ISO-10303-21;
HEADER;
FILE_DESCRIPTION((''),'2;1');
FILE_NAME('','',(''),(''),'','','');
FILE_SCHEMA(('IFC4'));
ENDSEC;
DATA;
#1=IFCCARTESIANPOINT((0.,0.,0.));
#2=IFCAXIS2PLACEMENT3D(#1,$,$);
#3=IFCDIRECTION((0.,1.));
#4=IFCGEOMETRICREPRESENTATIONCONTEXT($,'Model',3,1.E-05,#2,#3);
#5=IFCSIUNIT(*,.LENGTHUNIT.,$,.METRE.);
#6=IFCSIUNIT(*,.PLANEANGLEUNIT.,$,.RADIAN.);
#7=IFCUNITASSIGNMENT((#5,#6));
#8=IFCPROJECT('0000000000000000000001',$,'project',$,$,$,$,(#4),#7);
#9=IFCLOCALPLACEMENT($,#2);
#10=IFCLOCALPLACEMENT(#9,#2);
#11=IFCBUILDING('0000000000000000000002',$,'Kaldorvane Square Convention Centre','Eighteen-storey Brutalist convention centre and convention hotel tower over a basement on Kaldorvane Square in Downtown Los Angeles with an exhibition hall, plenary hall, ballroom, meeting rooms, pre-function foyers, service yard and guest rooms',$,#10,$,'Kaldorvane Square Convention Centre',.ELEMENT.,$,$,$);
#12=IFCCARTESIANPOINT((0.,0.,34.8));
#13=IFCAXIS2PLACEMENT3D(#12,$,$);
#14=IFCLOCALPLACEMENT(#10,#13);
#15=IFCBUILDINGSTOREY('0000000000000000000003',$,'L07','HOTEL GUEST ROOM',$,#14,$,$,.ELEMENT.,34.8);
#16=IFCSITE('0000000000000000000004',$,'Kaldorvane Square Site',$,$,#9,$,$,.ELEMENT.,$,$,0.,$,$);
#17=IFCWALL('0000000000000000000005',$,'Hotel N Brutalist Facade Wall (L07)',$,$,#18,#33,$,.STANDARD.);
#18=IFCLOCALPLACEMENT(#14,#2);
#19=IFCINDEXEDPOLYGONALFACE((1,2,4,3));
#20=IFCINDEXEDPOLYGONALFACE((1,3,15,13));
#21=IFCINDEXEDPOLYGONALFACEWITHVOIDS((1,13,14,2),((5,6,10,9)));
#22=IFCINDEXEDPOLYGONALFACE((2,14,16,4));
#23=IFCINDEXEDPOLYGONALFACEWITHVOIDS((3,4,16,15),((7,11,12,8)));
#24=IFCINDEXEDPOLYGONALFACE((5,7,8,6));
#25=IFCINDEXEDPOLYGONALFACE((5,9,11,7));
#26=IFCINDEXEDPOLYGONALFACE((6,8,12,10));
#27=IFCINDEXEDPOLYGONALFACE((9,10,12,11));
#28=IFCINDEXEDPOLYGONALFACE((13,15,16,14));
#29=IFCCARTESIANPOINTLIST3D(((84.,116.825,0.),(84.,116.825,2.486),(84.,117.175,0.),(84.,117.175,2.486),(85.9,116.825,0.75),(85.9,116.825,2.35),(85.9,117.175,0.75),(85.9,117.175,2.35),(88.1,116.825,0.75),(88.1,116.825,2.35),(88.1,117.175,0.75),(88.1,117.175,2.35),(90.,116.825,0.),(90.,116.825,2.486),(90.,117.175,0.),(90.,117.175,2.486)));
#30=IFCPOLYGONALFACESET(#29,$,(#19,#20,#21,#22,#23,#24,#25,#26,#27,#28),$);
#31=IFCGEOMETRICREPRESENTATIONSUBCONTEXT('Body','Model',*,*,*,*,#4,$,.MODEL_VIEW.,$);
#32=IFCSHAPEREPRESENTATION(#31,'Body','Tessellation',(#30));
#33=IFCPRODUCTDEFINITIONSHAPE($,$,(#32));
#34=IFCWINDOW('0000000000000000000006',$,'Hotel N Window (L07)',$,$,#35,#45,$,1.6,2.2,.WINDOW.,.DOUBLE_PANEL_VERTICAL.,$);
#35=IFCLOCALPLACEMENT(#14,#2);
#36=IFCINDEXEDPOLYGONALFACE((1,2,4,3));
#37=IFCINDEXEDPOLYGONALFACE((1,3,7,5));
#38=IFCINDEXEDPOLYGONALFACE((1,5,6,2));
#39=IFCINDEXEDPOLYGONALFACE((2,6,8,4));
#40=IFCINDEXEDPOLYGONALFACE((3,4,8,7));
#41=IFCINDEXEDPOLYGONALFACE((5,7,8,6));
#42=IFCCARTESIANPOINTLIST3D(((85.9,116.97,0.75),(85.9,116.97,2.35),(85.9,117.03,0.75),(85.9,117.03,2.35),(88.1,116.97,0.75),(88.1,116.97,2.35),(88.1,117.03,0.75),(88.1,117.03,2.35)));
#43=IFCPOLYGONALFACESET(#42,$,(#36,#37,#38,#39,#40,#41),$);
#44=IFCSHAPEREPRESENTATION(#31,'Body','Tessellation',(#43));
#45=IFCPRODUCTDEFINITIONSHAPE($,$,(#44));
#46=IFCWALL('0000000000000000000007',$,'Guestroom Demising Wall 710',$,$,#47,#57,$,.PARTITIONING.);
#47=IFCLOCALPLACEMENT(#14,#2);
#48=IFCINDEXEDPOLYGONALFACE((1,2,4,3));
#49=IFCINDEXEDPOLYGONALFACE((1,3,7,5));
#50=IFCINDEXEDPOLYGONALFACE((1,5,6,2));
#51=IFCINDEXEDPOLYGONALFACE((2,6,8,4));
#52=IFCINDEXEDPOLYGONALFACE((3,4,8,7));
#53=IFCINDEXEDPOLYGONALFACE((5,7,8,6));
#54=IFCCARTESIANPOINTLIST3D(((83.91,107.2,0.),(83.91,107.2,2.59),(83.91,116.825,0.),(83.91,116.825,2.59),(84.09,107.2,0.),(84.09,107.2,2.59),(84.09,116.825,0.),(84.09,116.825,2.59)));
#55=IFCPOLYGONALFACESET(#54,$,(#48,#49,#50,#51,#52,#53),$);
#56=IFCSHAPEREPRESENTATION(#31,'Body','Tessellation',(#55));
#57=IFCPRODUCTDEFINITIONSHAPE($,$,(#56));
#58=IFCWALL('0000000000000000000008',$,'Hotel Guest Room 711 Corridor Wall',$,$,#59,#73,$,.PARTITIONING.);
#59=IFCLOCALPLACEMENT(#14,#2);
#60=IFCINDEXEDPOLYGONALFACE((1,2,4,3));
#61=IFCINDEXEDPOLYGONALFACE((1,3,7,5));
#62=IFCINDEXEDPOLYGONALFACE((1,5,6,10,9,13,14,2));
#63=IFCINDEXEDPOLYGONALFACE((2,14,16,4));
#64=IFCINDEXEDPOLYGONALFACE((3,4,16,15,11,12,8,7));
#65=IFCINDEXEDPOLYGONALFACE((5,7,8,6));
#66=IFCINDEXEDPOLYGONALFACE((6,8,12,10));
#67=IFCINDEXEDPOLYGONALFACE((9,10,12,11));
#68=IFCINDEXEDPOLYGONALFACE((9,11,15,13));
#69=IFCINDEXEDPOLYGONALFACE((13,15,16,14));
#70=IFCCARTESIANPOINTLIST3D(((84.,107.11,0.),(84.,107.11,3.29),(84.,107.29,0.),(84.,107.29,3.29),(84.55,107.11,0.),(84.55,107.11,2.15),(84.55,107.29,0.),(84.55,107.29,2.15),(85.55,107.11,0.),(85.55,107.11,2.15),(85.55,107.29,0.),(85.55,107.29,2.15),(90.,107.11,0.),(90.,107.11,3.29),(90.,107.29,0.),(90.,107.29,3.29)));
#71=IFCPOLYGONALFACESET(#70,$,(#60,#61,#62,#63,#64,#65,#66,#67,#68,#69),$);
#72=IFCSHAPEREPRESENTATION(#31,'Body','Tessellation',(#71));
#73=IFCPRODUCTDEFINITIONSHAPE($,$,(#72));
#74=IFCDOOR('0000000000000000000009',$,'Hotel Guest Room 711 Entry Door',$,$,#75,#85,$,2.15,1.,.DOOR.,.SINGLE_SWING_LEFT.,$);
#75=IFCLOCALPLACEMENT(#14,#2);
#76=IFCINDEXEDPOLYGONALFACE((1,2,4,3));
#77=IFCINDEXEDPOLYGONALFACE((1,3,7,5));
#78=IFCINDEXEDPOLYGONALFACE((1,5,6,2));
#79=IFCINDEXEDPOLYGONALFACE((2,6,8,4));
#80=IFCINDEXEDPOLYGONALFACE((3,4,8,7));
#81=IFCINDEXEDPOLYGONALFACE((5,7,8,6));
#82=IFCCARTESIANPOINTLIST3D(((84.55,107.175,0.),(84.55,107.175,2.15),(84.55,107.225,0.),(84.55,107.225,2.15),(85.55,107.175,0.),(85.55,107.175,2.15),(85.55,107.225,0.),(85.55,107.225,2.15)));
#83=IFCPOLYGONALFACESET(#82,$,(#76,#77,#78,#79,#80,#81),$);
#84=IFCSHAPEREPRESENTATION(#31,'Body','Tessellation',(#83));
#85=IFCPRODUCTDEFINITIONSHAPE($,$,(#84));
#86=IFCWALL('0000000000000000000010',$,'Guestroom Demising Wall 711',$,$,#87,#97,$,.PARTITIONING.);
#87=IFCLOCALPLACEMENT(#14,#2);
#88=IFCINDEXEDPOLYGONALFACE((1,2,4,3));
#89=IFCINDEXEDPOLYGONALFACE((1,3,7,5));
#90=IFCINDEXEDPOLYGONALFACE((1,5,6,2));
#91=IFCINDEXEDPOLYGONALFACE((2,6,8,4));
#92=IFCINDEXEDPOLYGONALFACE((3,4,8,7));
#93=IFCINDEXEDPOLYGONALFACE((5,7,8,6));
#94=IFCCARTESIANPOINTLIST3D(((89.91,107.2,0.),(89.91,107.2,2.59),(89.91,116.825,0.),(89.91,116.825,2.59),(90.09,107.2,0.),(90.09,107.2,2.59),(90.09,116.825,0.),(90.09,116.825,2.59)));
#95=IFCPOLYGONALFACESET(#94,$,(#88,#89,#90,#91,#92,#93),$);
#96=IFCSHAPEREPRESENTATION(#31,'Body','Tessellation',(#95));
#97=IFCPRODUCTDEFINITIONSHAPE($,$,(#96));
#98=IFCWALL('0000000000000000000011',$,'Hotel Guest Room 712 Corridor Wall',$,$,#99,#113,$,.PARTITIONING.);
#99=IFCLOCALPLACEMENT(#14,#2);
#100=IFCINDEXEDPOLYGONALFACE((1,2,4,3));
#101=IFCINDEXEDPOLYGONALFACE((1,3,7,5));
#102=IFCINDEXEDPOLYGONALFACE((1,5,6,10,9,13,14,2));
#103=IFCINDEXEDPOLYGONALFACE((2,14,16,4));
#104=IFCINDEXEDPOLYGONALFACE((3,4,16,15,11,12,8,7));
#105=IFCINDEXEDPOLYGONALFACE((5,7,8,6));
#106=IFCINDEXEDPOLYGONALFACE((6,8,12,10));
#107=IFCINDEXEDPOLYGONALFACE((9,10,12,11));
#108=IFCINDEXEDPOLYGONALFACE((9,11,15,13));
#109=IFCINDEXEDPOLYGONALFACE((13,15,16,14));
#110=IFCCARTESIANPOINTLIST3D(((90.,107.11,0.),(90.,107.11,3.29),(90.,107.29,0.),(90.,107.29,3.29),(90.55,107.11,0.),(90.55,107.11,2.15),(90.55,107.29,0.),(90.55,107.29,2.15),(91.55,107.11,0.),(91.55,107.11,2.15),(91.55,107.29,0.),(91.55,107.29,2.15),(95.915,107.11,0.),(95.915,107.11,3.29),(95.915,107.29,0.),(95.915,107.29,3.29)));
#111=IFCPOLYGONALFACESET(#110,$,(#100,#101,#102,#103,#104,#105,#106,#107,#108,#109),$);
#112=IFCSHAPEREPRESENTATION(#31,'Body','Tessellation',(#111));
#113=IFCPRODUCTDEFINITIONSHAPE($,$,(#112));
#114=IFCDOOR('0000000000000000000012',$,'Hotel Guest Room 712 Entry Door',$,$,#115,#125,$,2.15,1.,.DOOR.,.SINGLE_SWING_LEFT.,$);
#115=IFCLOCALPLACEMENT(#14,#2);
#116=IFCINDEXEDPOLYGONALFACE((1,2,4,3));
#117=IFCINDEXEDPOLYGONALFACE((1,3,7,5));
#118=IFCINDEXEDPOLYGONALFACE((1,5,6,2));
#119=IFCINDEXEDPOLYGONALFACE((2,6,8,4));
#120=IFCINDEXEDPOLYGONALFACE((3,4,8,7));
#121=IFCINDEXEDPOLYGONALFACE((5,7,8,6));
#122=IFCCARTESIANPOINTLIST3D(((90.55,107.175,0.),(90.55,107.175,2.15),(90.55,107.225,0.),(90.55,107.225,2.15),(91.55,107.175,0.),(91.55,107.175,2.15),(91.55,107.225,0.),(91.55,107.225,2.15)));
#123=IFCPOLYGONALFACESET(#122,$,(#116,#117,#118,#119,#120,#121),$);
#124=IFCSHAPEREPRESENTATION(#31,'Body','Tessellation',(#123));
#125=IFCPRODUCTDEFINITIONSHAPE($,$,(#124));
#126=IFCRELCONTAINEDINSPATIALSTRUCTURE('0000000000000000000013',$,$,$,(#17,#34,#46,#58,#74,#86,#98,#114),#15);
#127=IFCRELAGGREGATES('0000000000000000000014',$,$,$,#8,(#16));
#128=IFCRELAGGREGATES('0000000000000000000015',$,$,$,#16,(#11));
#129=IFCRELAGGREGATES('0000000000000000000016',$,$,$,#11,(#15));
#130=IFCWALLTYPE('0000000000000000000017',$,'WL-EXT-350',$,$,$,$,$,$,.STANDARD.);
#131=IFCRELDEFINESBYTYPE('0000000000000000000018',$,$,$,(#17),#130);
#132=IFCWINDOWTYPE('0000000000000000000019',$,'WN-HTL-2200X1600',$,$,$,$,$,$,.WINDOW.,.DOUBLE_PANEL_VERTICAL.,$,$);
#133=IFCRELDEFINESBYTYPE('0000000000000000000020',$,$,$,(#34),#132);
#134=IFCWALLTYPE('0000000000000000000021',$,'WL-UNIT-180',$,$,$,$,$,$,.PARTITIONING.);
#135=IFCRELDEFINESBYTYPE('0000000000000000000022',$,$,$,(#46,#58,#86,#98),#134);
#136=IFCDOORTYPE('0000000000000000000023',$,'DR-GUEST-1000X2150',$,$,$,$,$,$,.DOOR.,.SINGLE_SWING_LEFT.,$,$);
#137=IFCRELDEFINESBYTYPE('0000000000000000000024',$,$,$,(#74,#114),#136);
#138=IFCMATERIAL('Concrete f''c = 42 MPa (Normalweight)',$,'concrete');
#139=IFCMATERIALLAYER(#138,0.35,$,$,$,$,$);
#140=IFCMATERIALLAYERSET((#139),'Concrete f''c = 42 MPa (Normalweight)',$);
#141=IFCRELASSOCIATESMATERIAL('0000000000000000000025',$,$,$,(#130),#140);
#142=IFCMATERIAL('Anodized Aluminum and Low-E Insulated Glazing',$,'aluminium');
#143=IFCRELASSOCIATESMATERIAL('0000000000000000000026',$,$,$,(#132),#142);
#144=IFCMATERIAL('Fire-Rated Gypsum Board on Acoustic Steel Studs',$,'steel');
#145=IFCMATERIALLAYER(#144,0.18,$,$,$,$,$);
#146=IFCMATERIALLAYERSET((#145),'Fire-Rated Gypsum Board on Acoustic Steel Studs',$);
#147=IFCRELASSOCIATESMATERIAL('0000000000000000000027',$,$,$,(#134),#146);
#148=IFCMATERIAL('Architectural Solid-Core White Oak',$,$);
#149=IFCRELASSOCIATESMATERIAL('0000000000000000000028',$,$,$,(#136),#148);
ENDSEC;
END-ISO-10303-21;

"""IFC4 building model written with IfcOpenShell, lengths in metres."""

from ifc_helpers import new_model, si_unit, direction, frame, frame_2d, origin, place, context, subcontext, project, spatial, rectangle, extrude, material, layer, layer_set, type_object, element, fill, save


model = new_model("IFC4")

# Units and contexts
model_context = context("Model", 3, precision=1e-05, world=origin(), true_north=direction((0.0, 1.0)))
body_context = subcontext(model_context, "Body", "Model", "MODEL_VIEW")
ifc_project = project(units=[si_unit("LENGTHUNIT", "METRE"), si_unit("PLANEANGLEUNIT", "RADIAN")], contexts=[model_context])

# Site, building, storey
site_placement = place(None, origin())
site = spatial("IfcSite", under=ifc_project, at=site_placement, Name="Kaldorvane Square Site", CompositionType="ELEMENT", RefElevation=0.0)
building_placement = place(site_placement, origin())
building = spatial("IfcBuilding", under=site, at=building_placement, Name="Kaldorvane Square Convention Centre", Description="Eighteen-storey Brutalist convention centre and convention hotel tower over a basement on Kaldorvane Square in Downtown Los Angeles with an exhibition hall, plenary hall, ballroom, meeting rooms, pre-function foyers, service yard and guest rooms", LongName="Kaldorvane Square Convention Centre", CompositionType="ELEMENT")
storey_placement = place(building_placement, frame((0.0, 0.0, 34.8)))
storey = spatial("IfcBuildingStorey", under=building, at=storey_placement, Name="L07", Description="HOTEL GUEST ROOM", CompositionType="ELEMENT", Elevation=34.8)

# Shared definitions
ifc_material_1 = material(Name="Concrete f'c = 42 MPa (Normalweight)", Category="concrete")

# Shared definitions
ifc_material_2 = material(Name="Fire-Rated Gypsum Board on Acoustic Steel Studs", Category="steel")
ifc_material_3 = material(Name="Architectural Solid-Core White Oak")

# Wall, opening, window
ifc_layer_1 = layer(ifc_material_1, 0.35)
ifc_layer_set_1 = layer_set([ifc_layer_1], Name="Concrete f'c = 42 MPa (Normalweight)")
wall_type_1 = type_object("IfcWallType", Name="WL-EXT-350", PredefinedType="STANDARD", material=ifc_layer_set_1)
ifc_material_4 = material(Name="Anodized Aluminum and Low-E Insulated Glazing", Category="aluminium")
window_type = type_object("IfcWindowType", Name="WN-HTL-2200X1600", PartitioningType="DOUBLE_PANEL_VERTICAL", PredefinedType="WINDOW", material=ifc_material_4)
wall_1_placement = place(storey_placement, frame((90.0, 117.0, 0.0), z_axis=(0.0, 0.0, 1.0), x_axis=(-1.0, 0.0, 0.0)))
wall_1 = element("IfcWall", 1, at=wall_1_placement, inside=storey, type_object=wall_type_1, Name="Hotel N Brutalist Facade Wall (L07)", PredefinedType="STANDARD", context=body_context, shape_type="SweptSolid", body=[
    extrude(rectangle(XDim=6.0, YDim=0.35, at=frame_2d((3.0, 0.0))), origin(), (0.0, 0.0, 1.0), 2.486),
])
opening_1_placement = place(wall_1_placement, frame((1.9, 0.0, 0.75)))
opening_1 = element("IfcOpeningElement", 2, at=opening_1_placement, cuts=wall_1, PredefinedType="OPENING", context=body_context, shape_type="SweptSolid", body=[
    extrude(rectangle(XDim=2.2, YDim=1.6, at=frame_2d((1.1, 0.8))), frame((0.0, 0.19, 0.0), z_axis=(0.0, -1.0, 0.0), x_axis=(1.0, 0.0, 0.0)), (0.0, 0.0, 1.0), 0.38),
])
window_1_placement = place(opening_1_placement, origin())
window_1 = element("IfcWindow", 3, at=window_1_placement, inside=storey, type_object=window_type, Name="Hotel N Window (L07)", OverallHeight=1.6, OverallWidth=2.2, PartitioningType="DOUBLE_PANEL_VERTICAL", PredefinedType="WINDOW", context=body_context, shape_type="SweptSolid", body=[
    extrude(rectangle(XDim=2.2, YDim=1.6, at=frame_2d((1.1, 0.8))), frame((0.0, 0.03, 0.0), z_axis=(0.0, -1.0, 0.0), x_axis=(1.0, 0.0, 0.0)), (0.0, 0.0, 1.0), 0.06),
])
fill(opening_1, window_1)

# Wall
ifc_layer_2 = layer(ifc_material_2, 0.18)
ifc_layer_set_2 = layer_set([ifc_layer_2], Name="Fire-Rated Gypsum Board on Acoustic Steel Studs")
wall_type_2 = type_object("IfcWallType", Name="WL-UNIT-180", PredefinedType="PARTITIONING", material=ifc_layer_set_2)
wall_2_placement = place(storey_placement, frame((84.0, 107.2, 0.0), z_axis=(0.0, 0.0, 1.0), x_axis=(0.0, 1.0, 0.0)))
element("IfcWall", 4, at=wall_2_placement, inside=storey, type_object=wall_type_2, Name="Guestroom Demising Wall 710", PredefinedType="PARTITIONING", context=body_context, shape_type="SweptSolid", body=[
    extrude(rectangle(XDim=9.625, YDim=0.18, at=frame_2d((4.8125, 0.0))), origin(), (0.0, 0.0, 1.0), 2.59),
])

# Wall, opening, door
wall_3_placement = place(storey_placement, frame((84.0, 107.2, 0.0), z_axis=(0.0, 0.0, 1.0), x_axis=(1.0, 0.0, 0.0)))
wall_3 = element("IfcWall", 5, at=wall_3_placement, inside=storey, type_object=wall_type_2, Name="Hotel Guest Room 711 Corridor Wall", PredefinedType="PARTITIONING", context=body_context, shape_type="SweptSolid", body=[
    extrude(rectangle(XDim=6.0, YDim=0.18, at=frame_2d((3.0, 0.0))), origin(), (0.0, 0.0, 1.0), 3.29),
])
opening_2_placement = place(wall_3_placement, frame((0.55, 0.0, 0.0)))
opening_2 = element("IfcOpeningElement", 6, at=opening_2_placement, cuts=wall_3, PredefinedType="OPENING", context=body_context, shape_type="SweptSolid", body=[
    extrude(rectangle(XDim=1.0, YDim=2.15, at=frame_2d((0.5, 1.075))), frame((0.0, 0.105, 0.0), z_axis=(0.0, -1.0, 0.0), x_axis=(1.0, 0.0, 0.0)), (0.0, 0.0, 1.0), 0.21),
])
door_type_1 = type_object("IfcDoorType", Name="DR-GUEST-1000X2150", OperationType="SINGLE_SWING_LEFT", PredefinedType="DOOR", material=ifc_material_3)
door_1_placement = place(opening_2_placement, origin())
door_1 = element("IfcDoor", 7, at=door_1_placement, inside=storey, type_object=door_type_1, Name="Hotel Guest Room 711 Entry Door", OperationType="SINGLE_SWING_LEFT", OverallHeight=2.15, OverallWidth=1.0, PredefinedType="DOOR", context=body_context, shape_type="SweptSolid", body=[
    extrude(rectangle(XDim=1.0, YDim=2.15, at=frame_2d((0.5, 1.075))), frame((0.0, 0.025, 0.0), z_axis=(0.0, -1.0, 0.0), x_axis=(1.0, 0.0, 0.0)), (0.0, 0.0, 1.0), 0.05),
])
fill(opening_2, door_1)

# Wall
wall_4_placement = place(storey_placement, frame((90.0, 107.2, 0.0), z_axis=(0.0, 0.0, 1.0), x_axis=(0.0, 1.0, 0.0)))
element("IfcWall", 8, at=wall_4_placement, inside=storey, type_object=wall_type_2, Name="Guestroom Demising Wall 711", PredefinedType="PARTITIONING", context=body_context, shape_type="SweptSolid", body=[
    extrude(rectangle(XDim=9.625, YDim=0.18, at=frame_2d((4.8125, 0.0))), origin(), (0.0, 0.0, 1.0), 2.59),
])

# Wall, opening, door
wall_5_placement = place(storey_placement, frame((90.0, 107.2, 0.0), z_axis=(0.0, 0.0, 1.0), x_axis=(1.0, 0.0, 0.0)))
wall_5 = element("IfcWall", 9, at=wall_5_placement, inside=storey, type_object=wall_type_2, Name="Hotel Guest Room 712 Corridor Wall", PredefinedType="PARTITIONING", context=body_context, shape_type="SweptSolid", body=[
    extrude(rectangle(XDim=5.915, YDim=0.18, at=frame_2d((2.9575, 0.0))), origin(), (0.0, 0.0, 1.0), 3.29),
])
opening_3_placement = place(wall_5_placement, frame((0.55, 0.0, 0.0)))
opening_3 = element("IfcOpeningElement", 10, at=opening_3_placement, cuts=wall_5, PredefinedType="OPENING", context=body_context, shape_type="SweptSolid", body=[
    extrude(rectangle(XDim=1.0, YDim=2.15, at=frame_2d((0.5, 1.075))), frame((0.0, 0.105, 0.0), z_axis=(0.0, -1.0, 0.0), x_axis=(1.0, 0.0, 0.0)), (0.0, 0.0, 1.0), 0.21),
])
door_2_placement = place(opening_3_placement, origin())
door_2 = element("IfcDoor", 11, at=door_2_placement, inside=storey, type_object=door_type_1, Name="Hotel Guest Room 712 Entry Door", OperationType="SINGLE_SWING_LEFT", OverallHeight=2.15, OverallWidth=1.0, PredefinedType="DOOR", context=body_context, shape_type="SweptSolid", body=[
    extrude(rectangle(XDim=1.0, YDim=2.15, at=frame_2d((0.5, 1.075))), frame((0.0, 0.025, 0.0), z_axis=(0.0, -1.0, 0.0), x_axis=(1.0, 0.0, 0.0)), (0.0, 0.0, 1.0), 0.05),
])
fill(opening_3, door_2)

save(model, "model.ifc")
